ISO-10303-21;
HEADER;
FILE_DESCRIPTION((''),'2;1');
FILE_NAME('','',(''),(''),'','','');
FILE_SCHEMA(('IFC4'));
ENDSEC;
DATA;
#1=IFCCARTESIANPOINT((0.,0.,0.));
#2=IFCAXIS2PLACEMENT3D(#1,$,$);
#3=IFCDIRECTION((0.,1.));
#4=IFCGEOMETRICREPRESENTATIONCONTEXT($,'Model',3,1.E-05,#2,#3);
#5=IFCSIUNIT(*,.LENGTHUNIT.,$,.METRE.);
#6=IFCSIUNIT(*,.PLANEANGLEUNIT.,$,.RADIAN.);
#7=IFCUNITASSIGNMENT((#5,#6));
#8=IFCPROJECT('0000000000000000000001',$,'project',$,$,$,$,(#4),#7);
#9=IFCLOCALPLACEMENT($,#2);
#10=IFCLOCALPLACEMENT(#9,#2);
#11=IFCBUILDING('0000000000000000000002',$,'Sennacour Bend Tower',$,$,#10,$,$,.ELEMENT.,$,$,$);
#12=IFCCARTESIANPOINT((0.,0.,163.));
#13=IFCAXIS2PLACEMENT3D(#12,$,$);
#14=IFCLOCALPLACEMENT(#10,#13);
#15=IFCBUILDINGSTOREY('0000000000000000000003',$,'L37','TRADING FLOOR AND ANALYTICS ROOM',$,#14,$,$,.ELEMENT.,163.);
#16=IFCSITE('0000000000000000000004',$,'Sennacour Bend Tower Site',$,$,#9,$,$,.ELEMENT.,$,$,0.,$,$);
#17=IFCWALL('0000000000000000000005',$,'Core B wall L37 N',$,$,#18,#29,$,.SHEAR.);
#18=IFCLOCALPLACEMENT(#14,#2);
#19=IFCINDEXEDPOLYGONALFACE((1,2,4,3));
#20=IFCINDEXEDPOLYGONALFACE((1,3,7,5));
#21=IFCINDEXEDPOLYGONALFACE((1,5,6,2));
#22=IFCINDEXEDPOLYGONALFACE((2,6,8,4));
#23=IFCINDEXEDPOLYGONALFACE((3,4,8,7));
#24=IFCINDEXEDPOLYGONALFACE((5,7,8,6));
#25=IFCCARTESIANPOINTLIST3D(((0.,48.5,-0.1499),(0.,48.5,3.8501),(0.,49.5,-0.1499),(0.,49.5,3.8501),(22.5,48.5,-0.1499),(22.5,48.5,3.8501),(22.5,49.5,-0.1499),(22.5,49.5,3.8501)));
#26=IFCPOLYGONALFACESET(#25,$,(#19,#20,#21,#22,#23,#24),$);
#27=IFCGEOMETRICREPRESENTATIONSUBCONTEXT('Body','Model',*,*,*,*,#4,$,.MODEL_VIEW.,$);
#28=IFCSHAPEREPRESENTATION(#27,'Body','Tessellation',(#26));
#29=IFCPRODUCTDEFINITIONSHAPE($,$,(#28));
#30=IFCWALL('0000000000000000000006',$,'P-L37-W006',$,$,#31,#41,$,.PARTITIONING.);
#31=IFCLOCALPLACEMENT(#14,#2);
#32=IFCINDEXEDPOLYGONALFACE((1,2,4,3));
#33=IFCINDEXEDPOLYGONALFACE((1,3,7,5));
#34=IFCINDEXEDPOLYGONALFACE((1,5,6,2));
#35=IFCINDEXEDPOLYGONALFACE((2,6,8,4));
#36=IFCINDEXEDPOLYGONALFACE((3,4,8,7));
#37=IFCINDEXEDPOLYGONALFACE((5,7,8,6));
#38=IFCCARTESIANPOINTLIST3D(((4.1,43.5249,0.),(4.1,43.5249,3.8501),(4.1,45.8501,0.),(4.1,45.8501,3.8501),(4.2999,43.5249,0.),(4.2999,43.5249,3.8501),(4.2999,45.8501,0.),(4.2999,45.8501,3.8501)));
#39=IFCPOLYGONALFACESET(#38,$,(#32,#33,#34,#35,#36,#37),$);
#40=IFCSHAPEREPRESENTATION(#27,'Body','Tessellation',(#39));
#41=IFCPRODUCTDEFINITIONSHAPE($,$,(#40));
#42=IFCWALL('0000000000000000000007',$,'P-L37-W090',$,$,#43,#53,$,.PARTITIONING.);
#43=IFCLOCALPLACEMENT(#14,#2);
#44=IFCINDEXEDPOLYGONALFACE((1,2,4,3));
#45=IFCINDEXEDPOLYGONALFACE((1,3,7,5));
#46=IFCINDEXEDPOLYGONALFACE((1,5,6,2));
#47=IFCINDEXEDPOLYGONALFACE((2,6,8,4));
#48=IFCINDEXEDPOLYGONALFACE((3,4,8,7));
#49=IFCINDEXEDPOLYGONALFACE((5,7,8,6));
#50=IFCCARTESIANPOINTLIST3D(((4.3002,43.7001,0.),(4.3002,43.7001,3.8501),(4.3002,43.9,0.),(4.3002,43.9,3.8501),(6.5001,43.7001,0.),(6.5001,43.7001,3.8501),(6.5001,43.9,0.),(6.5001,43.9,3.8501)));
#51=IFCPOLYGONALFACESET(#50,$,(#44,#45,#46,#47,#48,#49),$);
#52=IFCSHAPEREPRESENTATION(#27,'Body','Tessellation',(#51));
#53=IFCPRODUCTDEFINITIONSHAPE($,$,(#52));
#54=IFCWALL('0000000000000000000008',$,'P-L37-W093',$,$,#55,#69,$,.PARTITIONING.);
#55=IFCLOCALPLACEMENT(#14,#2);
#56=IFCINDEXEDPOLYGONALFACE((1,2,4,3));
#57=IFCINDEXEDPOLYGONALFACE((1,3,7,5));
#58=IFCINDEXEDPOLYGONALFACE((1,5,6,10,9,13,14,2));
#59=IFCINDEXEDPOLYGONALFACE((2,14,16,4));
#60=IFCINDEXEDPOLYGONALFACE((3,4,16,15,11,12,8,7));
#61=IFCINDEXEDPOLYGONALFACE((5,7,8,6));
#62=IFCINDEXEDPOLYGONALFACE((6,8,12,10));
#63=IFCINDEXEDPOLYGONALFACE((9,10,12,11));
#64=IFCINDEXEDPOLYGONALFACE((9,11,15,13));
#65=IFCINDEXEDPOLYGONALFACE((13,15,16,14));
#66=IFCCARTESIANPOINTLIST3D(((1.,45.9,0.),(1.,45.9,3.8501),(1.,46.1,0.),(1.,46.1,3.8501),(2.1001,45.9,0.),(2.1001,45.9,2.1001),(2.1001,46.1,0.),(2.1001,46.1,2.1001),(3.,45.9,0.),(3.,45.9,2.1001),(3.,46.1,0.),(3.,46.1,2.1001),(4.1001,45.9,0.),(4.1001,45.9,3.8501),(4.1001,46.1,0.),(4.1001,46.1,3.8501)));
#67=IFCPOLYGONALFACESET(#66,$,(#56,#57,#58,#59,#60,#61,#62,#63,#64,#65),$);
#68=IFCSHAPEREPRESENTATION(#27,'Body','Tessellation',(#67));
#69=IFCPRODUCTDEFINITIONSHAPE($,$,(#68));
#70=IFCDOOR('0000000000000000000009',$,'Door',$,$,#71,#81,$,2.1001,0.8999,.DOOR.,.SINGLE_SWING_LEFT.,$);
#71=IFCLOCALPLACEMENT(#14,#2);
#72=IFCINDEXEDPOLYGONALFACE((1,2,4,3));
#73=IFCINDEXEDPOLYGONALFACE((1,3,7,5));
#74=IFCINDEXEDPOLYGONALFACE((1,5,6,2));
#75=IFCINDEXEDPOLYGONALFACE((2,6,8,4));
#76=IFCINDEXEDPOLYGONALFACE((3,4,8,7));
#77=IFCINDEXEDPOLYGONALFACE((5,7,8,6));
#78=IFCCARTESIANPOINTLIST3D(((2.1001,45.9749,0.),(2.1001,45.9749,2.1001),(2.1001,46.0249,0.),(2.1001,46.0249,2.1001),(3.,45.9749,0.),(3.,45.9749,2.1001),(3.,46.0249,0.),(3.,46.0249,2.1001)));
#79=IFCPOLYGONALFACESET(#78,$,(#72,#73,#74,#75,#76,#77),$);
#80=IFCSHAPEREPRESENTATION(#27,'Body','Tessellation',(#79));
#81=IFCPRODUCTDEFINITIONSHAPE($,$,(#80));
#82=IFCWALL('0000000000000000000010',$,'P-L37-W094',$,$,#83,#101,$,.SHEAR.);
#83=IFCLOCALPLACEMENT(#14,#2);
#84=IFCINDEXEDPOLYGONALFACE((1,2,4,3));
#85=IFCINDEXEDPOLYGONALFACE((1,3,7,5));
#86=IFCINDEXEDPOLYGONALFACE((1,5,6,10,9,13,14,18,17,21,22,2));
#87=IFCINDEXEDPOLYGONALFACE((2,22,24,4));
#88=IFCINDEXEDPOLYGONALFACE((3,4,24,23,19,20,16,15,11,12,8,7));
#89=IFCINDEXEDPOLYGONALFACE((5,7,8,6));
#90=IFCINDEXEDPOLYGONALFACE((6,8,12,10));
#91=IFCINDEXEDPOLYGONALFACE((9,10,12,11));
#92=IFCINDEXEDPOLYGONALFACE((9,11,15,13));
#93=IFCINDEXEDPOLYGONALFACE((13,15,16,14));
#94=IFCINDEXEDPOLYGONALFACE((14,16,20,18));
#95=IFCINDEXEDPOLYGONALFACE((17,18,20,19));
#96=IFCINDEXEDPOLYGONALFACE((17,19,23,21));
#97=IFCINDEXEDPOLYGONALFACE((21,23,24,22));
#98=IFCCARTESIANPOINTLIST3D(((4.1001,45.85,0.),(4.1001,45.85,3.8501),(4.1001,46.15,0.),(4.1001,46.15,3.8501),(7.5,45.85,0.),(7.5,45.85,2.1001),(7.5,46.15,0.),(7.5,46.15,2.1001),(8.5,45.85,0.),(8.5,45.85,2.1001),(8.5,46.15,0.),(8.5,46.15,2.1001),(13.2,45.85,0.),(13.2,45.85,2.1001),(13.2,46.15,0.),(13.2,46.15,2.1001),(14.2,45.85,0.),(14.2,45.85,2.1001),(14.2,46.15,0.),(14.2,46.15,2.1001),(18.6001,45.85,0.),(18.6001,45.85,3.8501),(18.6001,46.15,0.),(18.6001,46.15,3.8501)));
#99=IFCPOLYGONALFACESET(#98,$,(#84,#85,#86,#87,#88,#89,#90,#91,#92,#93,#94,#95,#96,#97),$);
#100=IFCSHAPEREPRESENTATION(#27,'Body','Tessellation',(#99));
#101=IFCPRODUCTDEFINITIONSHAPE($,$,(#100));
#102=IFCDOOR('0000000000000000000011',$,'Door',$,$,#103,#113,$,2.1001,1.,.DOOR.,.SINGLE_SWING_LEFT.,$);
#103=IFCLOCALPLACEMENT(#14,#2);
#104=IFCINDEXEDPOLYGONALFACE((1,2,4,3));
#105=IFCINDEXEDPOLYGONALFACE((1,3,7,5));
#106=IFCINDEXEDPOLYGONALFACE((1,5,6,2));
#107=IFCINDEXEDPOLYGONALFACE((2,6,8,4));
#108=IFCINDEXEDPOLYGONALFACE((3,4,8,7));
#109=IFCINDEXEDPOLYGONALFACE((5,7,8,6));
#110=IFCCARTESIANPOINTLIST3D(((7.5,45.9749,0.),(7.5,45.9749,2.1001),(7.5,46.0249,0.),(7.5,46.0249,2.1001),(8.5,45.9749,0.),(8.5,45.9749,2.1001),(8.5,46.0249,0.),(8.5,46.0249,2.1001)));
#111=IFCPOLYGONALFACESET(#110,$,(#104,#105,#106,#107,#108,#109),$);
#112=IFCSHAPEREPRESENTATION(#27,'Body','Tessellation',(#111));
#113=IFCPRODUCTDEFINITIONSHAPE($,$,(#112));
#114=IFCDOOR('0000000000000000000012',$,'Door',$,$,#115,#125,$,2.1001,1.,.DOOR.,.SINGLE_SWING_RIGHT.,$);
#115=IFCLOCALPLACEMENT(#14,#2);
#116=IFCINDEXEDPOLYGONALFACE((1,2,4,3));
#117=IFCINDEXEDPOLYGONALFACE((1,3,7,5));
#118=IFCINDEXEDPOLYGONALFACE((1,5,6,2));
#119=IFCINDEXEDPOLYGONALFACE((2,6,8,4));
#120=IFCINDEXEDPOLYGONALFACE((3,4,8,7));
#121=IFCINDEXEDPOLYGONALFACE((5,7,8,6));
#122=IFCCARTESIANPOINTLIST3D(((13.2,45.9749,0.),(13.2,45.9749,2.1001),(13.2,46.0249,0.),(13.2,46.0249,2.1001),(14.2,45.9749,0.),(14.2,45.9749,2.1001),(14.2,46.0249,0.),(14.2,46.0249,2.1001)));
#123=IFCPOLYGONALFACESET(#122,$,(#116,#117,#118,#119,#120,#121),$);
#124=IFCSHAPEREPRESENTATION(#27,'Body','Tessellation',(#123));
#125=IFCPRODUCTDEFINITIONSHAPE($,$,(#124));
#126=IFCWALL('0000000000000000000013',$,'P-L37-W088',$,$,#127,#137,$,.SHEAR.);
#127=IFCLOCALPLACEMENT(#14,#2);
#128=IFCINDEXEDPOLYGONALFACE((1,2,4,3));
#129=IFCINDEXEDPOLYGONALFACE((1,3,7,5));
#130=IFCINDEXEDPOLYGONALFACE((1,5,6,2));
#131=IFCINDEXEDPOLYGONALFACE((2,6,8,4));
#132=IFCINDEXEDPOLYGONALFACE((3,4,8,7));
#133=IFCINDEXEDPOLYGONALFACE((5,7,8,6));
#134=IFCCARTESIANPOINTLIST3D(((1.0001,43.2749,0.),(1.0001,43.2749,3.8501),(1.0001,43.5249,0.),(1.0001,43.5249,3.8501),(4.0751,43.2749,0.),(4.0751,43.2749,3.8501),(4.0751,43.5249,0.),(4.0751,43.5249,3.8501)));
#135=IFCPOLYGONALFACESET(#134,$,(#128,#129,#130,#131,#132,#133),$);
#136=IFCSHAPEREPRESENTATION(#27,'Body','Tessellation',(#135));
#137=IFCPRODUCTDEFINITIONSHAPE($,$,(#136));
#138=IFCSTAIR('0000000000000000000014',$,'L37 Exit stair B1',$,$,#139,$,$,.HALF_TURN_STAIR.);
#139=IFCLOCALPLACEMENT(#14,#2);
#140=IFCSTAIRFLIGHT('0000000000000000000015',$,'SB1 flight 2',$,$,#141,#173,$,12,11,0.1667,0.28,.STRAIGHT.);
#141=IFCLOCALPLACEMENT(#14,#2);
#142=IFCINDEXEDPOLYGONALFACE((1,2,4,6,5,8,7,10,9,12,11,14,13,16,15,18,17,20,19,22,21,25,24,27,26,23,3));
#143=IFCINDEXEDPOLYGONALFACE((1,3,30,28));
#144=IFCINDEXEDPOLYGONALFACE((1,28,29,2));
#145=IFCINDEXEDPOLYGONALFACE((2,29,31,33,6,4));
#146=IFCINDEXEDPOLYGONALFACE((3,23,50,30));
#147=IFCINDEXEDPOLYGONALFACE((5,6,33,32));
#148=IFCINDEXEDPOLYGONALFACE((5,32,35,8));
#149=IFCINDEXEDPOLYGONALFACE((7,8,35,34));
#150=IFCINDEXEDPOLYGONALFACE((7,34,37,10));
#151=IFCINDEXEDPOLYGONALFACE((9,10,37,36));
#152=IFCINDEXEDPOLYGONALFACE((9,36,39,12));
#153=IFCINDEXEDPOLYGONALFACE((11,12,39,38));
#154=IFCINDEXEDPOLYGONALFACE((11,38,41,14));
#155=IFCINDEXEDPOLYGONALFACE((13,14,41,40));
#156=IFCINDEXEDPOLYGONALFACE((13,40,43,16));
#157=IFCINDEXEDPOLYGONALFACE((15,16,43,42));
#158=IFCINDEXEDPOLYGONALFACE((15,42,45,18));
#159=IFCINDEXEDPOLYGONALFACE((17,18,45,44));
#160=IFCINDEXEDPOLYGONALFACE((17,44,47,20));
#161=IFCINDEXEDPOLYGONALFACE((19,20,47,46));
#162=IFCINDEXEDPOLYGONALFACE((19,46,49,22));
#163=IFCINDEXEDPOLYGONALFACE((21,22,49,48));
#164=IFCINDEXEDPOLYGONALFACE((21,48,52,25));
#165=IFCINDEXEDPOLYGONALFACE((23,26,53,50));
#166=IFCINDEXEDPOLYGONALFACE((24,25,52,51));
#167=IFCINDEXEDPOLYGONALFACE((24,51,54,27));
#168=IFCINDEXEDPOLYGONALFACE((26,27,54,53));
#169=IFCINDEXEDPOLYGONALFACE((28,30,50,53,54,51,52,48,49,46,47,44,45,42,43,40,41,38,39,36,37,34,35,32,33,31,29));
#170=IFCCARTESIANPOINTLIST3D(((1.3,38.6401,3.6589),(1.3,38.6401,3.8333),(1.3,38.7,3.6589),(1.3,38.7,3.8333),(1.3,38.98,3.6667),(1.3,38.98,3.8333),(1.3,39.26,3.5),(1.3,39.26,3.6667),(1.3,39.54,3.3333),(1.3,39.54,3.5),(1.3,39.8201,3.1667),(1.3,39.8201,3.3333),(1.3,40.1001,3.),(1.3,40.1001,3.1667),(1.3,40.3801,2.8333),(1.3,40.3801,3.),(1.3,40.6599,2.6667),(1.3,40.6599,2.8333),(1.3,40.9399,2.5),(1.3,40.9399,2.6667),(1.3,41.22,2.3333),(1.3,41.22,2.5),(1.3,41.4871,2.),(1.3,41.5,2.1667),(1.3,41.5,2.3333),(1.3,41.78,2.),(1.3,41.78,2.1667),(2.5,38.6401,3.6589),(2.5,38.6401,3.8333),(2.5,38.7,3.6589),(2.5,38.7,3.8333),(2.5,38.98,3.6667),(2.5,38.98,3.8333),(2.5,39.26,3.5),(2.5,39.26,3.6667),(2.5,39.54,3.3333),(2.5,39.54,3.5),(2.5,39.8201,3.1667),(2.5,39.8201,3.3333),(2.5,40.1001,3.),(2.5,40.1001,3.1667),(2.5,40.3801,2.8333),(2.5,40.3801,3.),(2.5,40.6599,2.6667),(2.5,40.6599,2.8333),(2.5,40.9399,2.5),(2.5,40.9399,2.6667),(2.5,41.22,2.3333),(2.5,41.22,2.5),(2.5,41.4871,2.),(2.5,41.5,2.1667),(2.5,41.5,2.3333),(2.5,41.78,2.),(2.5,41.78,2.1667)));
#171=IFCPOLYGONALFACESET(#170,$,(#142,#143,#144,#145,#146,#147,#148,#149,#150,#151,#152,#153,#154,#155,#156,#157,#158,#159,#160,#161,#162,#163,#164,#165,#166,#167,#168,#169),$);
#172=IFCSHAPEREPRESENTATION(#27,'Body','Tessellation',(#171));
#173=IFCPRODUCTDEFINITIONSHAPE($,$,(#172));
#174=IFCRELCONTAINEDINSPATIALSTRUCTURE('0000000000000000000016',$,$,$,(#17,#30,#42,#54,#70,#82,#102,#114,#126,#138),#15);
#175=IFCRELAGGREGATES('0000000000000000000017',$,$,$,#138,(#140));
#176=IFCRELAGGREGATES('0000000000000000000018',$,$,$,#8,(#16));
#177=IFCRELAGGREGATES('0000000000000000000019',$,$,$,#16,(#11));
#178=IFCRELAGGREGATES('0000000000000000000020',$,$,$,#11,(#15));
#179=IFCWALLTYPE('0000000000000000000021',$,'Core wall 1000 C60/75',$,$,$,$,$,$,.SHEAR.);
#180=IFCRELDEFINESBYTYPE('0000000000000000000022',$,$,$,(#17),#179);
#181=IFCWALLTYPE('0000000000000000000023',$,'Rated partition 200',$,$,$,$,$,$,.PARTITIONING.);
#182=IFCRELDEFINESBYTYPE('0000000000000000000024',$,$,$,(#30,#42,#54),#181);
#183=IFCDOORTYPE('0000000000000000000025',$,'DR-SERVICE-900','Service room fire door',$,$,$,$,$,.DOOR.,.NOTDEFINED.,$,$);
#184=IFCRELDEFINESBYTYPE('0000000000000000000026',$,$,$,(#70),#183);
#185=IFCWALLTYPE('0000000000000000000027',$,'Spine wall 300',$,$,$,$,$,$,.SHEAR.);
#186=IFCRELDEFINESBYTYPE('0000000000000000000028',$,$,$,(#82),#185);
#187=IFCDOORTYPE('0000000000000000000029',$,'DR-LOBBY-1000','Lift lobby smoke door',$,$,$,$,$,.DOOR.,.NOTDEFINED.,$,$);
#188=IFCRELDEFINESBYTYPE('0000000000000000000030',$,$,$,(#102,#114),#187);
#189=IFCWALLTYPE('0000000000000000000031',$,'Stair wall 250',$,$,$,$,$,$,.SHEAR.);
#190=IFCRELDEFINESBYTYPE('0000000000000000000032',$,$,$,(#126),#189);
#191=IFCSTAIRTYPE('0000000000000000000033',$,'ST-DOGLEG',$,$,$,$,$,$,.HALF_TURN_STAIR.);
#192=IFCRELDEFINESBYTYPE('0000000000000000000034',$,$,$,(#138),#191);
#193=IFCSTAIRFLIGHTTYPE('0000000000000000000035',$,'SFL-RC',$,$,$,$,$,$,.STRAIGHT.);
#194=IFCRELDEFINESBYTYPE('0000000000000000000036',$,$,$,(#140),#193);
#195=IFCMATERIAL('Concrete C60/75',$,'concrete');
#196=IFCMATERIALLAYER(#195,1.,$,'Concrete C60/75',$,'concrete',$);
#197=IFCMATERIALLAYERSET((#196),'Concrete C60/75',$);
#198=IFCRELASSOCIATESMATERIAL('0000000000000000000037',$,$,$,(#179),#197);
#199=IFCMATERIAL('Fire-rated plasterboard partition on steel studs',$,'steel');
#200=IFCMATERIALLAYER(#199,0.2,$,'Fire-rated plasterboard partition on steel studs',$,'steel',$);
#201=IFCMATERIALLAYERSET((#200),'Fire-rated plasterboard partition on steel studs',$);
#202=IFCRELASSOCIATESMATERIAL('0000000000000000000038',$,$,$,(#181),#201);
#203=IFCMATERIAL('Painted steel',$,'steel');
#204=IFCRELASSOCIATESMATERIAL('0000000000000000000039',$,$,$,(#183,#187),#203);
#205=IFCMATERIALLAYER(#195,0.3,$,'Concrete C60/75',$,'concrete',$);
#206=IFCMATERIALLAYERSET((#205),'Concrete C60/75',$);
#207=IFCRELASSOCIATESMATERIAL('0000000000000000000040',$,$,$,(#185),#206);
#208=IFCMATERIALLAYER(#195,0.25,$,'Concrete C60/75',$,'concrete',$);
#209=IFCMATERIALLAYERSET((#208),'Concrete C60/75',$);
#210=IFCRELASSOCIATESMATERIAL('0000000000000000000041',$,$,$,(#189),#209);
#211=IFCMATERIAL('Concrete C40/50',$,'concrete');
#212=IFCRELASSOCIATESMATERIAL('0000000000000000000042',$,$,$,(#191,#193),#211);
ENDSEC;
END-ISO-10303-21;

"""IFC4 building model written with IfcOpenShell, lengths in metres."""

from ifc_helpers import new_model, si_unit, direction, frame, frame_2d, origin, place, context, subcontext, project, spatial, polyline, rectangle, outline, extrude, material, layer, layer_set, type_object, element, fill, aggregate, save


model = new_model("IFC4")

# Units and contexts
model_context = context("Model", 3, precision=1e-05, world=origin(), true_north=direction((0.0, 1.0)))
body_context = subcontext(model_context, "Body", "Model", "MODEL_VIEW")
ifc_project = project(units=[si_unit("LENGTHUNIT", "METRE"), si_unit("PLANEANGLEUNIT", "RADIAN")], contexts=[model_context])

# Site, building, storey
site_placement = place(None, origin())
site = spatial("IfcSite", under=ifc_project, at=site_placement, Name="Sennacour Bend Tower Site", CompositionType="ELEMENT", RefElevation=0.0)
building_placement = place(site_placement, origin())
building = spatial("IfcBuilding", under=site, at=building_placement, Name="Sennacour Bend Tower", CompositionType="ELEMENT")
storey_placement = place(building_placement, frame((0.0, 0.0, 163.0)))
storey = spatial("IfcBuildingStorey", under=building, at=storey_placement, Name="L37", Description="TRADING FLOOR AND ANALYTICS ROOM", CompositionType="ELEMENT", Elevation=163.0)

# Walls
ifc_material_1 = material(Name="Concrete C60/75", Category="concrete")
ifc_layer_1 = layer(ifc_material_1, 1.0, Name="Concrete C60/75", Category="concrete")
ifc_layer_set_1 = layer_set([ifc_layer_1], Name="Concrete C60/75")
wall_type_1 = type_object("IfcWallType", Name="Core wall 1000 C60/75", PredefinedType="SHEAR", material=ifc_layer_set_1)
wall_1_placement = place(storey_placement, frame((0.0, 49.0, -0.1499), z_axis=(0.0, 0.0, 1.0), x_axis=(1.0, 0.0, 0.0)))
element("IfcWall", 1, at=wall_1_placement, inside=storey, type_object=wall_type_1, Name="Core B wall L37 N", PredefinedType="SHEAR", context=body_context, shape_type="SweptSolid", body=[
    extrude(rectangle(XDim=22.5, YDim=1.0, at=frame_2d((11.25, 0.0))), origin(), (0.0, 0.0, 1.0), 4.0),
])
ifc_material_2 = material(Name="Fire-rated plasterboard partition on steel studs", Category="steel")
ifc_layer_2 = layer(ifc_material_2, 0.2, Name="Fire-rated plasterboard partition on steel studs", Category="steel")
ifc_layer_set_2 = layer_set([ifc_layer_2], Name="Fire-rated plasterboard partition on steel studs")
wall_type_2 = type_object("IfcWallType", Name="Rated partition 200", PredefinedType="PARTITIONING", material=ifc_layer_set_2)
wall_2_placement = place(storey_placement, frame((4.2, 43.5249, 0.0), z_axis=(0.0, 0.0, 1.0), x_axis=(0.0, 1.0, 0.0)))
element("IfcWall", 2, at=wall_2_placement, inside=storey, type_object=wall_type_2, Name="P-L37-W006", PredefinedType="PARTITIONING", context=body_context, shape_type="SweptSolid", body=[
    extrude(rectangle(XDim=2.3252, YDim=0.2, at=frame_2d((1.1626, 0.0))), origin(), (0.0, 0.0, 1.0), 3.8501),
])
wall_3_placement = place(storey_placement, frame((4.3, 43.8, 0.0), z_axis=(0.0, 0.0, 1.0), x_axis=(1.0, 0.0, 0.0)))
element("IfcWall", 3, at=wall_3_placement, inside=storey, type_object=wall_type_2, Name="P-L37-W090", PredefinedType="PARTITIONING", context=body_context, shape_type="SweptSolid", body=[
    extrude(rectangle(XDim=2.2, YDim=0.2, at=frame_2d((1.1001, 0.0))), origin(), (0.0, 0.0, 1.0), 3.8501),
])

# Wall, opening, door
wall_4_placement = place(storey_placement, frame((1.0, 46.0, 0.0), z_axis=(0.0, 0.0, 1.0), x_axis=(1.0, 0.0, 0.0)))
wall_4 = element("IfcWall", 4, at=wall_4_placement, inside=storey, type_object=wall_type_2, Name="P-L37-W093", PredefinedType="PARTITIONING", context=body_context, shape_type="SweptSolid", body=[
    extrude(rectangle(XDim=3.1001, YDim=0.2, at=frame_2d((1.55, 0.0))), origin(), (0.0, 0.0, 1.0), 3.8501),
])
opening_1_placement = place(wall_4_placement, frame((1.1001, 0.0, 0.0)))
opening_1 = element("IfcOpeningElement", 5, at=opening_1_placement, cuts=wall_4, PredefinedType="OPENING", context=body_context, shape_type="SweptSolid", body=[
    extrude(rectangle(XDim=0.8999, YDim=2.1001, at=frame_2d((0.45, 1.05))), frame((0.0, 0.1099, 0.0), z_axis=(0.0, -1.0, 0.0), x_axis=(1.0, 0.0, 0.0)), (0.0, 0.0, 1.0), 0.22),
])
ifc_material_3 = material(Name="Painted steel", Category="steel")
door_type_1 = type_object("IfcDoorType", Name="DR-SERVICE-900", Description="Service room fire door", OperationType="NOTDEFINED", PredefinedType="DOOR", material=ifc_material_3)
door_1_placement = place(opening_1_placement, origin())
door_1 = element("IfcDoor", 6, at=door_1_placement, inside=storey, type_object=door_type_1, Name="Door", OperationType="SINGLE_SWING_LEFT", OverallHeight=2.1001, OverallWidth=0.8999, PredefinedType="DOOR", context=body_context, shape_type="SweptSolid", body=[
    extrude(rectangle(XDim=0.8999, YDim=2.1001, at=frame_2d((0.45, 1.05))), frame((0.0, 0.0249, 0.0), z_axis=(0.0, -1.0, 0.0), x_axis=(1.0, 0.0, 0.0)), (0.0, 0.0, 1.0), 0.05),
])
fill(opening_1, door_1)

# Wall, openings, doors
ifc_layer_3 = layer(ifc_material_1, 0.3, Name="Concrete C60/75", Category="concrete")
ifc_layer_set_3 = layer_set([ifc_layer_3], Name="Concrete C60/75")
wall_type_3 = type_object("IfcWallType", Name="Spine wall 300", PredefinedType="SHEAR", material=ifc_layer_set_3)
wall_5_placement = place(storey_placement, frame((4.1001, 46.0, 0.0), z_axis=(0.0, 0.0, 1.0), x_axis=(1.0, 0.0, 0.0)))
wall_5 = element("IfcWall", 7, at=wall_5_placement, inside=storey, type_object=wall_type_3, Name="P-L37-W094", PredefinedType="SHEAR", context=body_context, shape_type="SweptSolid", body=[
    extrude(rectangle(XDim=14.5, YDim=0.3, at=frame_2d((7.25, 0.0))), origin(), (0.0, 0.0, 1.0), 3.8501),
])
opening_2_placement = place(wall_5_placement, frame((3.3999, 0.0, 0.0)))
opening_2 = element("IfcOpeningElement", 8, at=opening_2_placement, cuts=wall_5, PredefinedType="OPENING", context=body_context, shape_type="SweptSolid", body=[
    extrude(rectangle(XDim=1.0, YDim=2.1001, at=frame_2d((0.5, 1.05))), frame((0.0, 0.1602, 0.0), z_axis=(0.0, -1.0, 0.0), x_axis=(1.0, 0.0, 0.0)), (0.0, 0.0, 1.0), 0.3201),
])
opening_3_placement = place(wall_5_placement, frame((9.0999, 0.0, 0.0)))
opening_3 = element("IfcOpeningElement", 9, at=opening_3_placement, cuts=wall_5, PredefinedType="OPENING", context=body_context, shape_type="SweptSolid", body=[
    extrude(rectangle(XDim=1.0, YDim=2.1001, at=frame_2d((0.5, 1.05))), frame((0.0, 0.1602, 0.0), z_axis=(0.0, -1.0, 0.0), x_axis=(1.0, 0.0, 0.0)), (0.0, 0.0, 1.0), 0.3201),
])
door_type_2 = type_object("IfcDoorType", Name="DR-LOBBY-1000", Description="Lift lobby smoke door", OperationType="NOTDEFINED", PredefinedType="DOOR", material=ifc_material_3)
door_2_placement = place(opening_2_placement, origin())
door_2 = element("IfcDoor", 10, at=door_2_placement, inside=storey, type_object=door_type_2, Name="Door", OperationType="SINGLE_SWING_LEFT", OverallHeight=2.1001, OverallWidth=1.0, PredefinedType="DOOR", context=body_context, shape_type="SweptSolid", body=[
    extrude(rectangle(XDim=1.0, YDim=2.1001, at=frame_2d((0.5, 1.05))), frame((0.0, 0.0249, 0.0), z_axis=(0.0, -1.0, 0.0), x_axis=(1.0, 0.0, 0.0)), (0.0, 0.0, 1.0), 0.05),
])
fill(opening_2, door_2)
door_3_placement = place(opening_3_placement, origin())
door_3 = element("IfcDoor", 11, at=door_3_placement, inside=storey, type_object=door_type_2, Name="Door", OperationType="SINGLE_SWING_RIGHT", OverallHeight=2.1001, OverallWidth=1.0, PredefinedType="DOOR", context=body_context, shape_type="SweptSolid", body=[
    extrude(rectangle(XDim=1.0, YDim=2.1001, at=frame_2d((0.5, 1.05))), frame((0.0, 0.0249, 0.0), z_axis=(0.0, -1.0, 0.0), x_axis=(1.0, 0.0, 0.0)), (0.0, 0.0, 1.0), 0.05),
])
fill(opening_3, door_3)

# Wall
ifc_layer_4 = layer(ifc_material_1, 0.25, Name="Concrete C60/75", Category="concrete")
ifc_layer_set_4 = layer_set([ifc_layer_4], Name="Concrete C60/75")
wall_type_4 = type_object("IfcWallType", Name="Stair wall 250", PredefinedType="SHEAR", material=ifc_layer_set_4)
wall_6_placement = place(storey_placement, frame((1.0, 43.3999, 0.0), z_axis=(0.0, 0.0, 1.0), x_axis=(1.0, 0.0, 0.0)))
element("IfcWall", 12, at=wall_6_placement, inside=storey, type_object=wall_type_4, Name="P-L37-W088", PredefinedType="SHEAR", context=body_context, shape_type="SweptSolid", body=[
    extrude(rectangle(XDim=3.075, YDim=0.25, at=frame_2d((1.5376, 0.0))), origin(), (0.0, 0.0, 1.0), 3.8501),
])

# Stair, stair flight
ifc_material_4 = material(Name="Concrete C40/50", Category="concrete")
stair_type = type_object("IfcStairType", Name="ST-DOGLEG", PredefinedType="HALF_TURN_STAIR", material=ifc_material_4)
stair_placement = place(storey_placement, origin())
stair = element("IfcStair", 13, at=stair_placement, inside=storey, type_object=stair_type, Name="L37 Exit stair B1", PredefinedType="HALF_TURN_STAIR")
stair_flight_type = type_object("IfcStairFlightType", Name="SFL-RC", PredefinedType="STRAIGHT", material=ifc_material_4)
stair_flight_placement = place(storey_placement, frame((1.8999, 41.78, 2.0), z_axis=(0.0, 0.0, 1.0), x_axis=(0.0, -1.0, 0.0)))
stair_flight = element("IfcStairFlight", 14, at=stair_flight_placement, type_object=stair_flight_type, Name="SB1 flight 2", NumberOfRisers=12, NumberOfTreads=11, PredefinedType="STRAIGHT", RiserHeight=0.1667, TreadLength=0.28, context=body_context, shape_type="SweptSolid", body=[
    extrude(outline(polyline([(0.0, 0.0), (0.0, 0.1667), (0.28, 0.1667), (0.28, 0.3333), (0.5601, 0.3333), (0.5601, 0.5), (0.8401, 0.5), (0.8401, 0.6667), (1.1201, 0.6667), (1.1201, 0.8333), (1.3999, 0.8333), (1.3999, 1.0), (1.6799, 1.0), (1.6799, 1.1667), (1.96, 1.1667), (1.96, 1.3333), (2.24, 1.3333), (2.24, 1.5), (2.52, 1.5), (2.52, 1.6667), (2.8, 1.6667), (2.8, 1.8333), (3.0801, 1.8333), (3.1399, 1.8333), (3.1399, 1.6589), (3.0801, 1.6589), (0.293, 0.0), (0.0, 0.0)])), frame((0.0, 0.6001, 0.0), z_axis=(0.0, -1.0, 0.0), x_axis=(1.0, 0.0, 0.0)), (0.0, 0.0, 1.0), 1.2),
])
aggregate(stair, [stair_flight])

save(model, "model.ifc")
